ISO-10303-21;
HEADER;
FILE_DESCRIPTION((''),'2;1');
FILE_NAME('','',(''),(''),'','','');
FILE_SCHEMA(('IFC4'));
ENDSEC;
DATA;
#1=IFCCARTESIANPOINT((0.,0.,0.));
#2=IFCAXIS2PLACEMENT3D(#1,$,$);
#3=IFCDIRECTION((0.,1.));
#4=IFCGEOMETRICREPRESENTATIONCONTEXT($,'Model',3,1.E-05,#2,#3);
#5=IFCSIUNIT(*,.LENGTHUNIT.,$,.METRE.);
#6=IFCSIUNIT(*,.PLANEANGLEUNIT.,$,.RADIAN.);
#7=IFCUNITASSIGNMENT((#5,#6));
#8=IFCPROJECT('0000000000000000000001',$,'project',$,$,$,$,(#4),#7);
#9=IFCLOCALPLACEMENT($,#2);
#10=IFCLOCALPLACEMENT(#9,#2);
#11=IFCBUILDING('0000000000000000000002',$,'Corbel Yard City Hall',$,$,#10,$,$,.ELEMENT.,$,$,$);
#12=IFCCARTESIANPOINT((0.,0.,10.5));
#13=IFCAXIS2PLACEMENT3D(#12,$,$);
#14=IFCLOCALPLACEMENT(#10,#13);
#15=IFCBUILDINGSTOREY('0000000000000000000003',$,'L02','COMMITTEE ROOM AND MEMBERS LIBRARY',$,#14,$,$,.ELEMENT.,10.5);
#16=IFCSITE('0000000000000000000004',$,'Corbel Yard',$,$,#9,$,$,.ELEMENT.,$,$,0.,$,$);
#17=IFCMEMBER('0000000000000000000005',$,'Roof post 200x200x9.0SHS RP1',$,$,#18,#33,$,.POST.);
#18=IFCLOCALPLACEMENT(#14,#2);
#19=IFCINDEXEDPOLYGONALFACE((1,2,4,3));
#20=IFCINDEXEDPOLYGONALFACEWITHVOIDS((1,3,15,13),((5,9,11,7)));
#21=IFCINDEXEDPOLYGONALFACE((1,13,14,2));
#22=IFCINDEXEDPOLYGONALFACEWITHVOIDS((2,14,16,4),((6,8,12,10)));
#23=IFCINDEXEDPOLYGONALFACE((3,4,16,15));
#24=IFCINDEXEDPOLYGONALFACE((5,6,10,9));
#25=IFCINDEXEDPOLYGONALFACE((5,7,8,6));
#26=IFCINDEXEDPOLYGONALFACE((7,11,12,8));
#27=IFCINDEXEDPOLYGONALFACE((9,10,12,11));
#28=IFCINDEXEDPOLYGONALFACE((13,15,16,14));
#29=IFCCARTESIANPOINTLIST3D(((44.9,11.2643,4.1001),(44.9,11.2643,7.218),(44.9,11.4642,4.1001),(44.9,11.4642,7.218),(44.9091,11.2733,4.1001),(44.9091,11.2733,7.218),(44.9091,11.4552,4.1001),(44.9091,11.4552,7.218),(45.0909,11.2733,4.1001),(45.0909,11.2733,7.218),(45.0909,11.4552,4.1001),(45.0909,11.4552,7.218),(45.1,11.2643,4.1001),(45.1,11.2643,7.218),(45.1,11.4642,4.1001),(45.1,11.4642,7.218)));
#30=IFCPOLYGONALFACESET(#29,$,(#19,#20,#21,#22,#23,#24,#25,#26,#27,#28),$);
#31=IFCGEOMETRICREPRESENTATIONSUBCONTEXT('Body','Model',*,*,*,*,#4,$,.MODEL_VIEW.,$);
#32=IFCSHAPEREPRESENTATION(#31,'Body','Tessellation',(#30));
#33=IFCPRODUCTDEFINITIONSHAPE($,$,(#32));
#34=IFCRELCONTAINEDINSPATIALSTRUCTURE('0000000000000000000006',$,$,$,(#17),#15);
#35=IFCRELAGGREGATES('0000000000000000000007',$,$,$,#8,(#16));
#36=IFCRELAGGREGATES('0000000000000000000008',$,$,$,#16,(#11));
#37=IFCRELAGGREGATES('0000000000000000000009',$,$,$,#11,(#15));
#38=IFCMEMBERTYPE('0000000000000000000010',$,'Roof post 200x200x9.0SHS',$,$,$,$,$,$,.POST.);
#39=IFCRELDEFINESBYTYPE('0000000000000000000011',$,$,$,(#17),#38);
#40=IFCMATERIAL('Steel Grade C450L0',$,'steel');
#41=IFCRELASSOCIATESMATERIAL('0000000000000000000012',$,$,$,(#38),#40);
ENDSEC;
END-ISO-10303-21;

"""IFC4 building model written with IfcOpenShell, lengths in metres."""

from ifc_helpers import new_model, si_unit, direction, frame, origin, origin_2d, place, context, subcontext, project, spatial, hollow_rectangle, extrude, material, material_profile, profile_set, type_object, element, save


model = new_model("IFC4")

# Units and contexts
model_context = context("Model", 3, precision=1e-05, world=origin(), true_north=direction((0.0, 1.0)))
body_context = subcontext(model_context, "Body", "Model", "MODEL_VIEW")
ifc_project = project(units=[si_unit("LENGTHUNIT", "METRE"), si_unit("PLANEANGLEUNIT", "RADIAN")], contexts=[model_context])

# Site, building, storey
site_placement = place(None, origin())
site = spatial("IfcSite", under=ifc_project, at=site_placement, Name="Corbel Yard", CompositionType="ELEMENT", RefElevation=0.0)
building_placement = place(site_placement, origin())
building = spatial("IfcBuilding", under=site, at=building_placement, Name="Corbel Yard City Hall", CompositionType="ELEMENT")
storey_placement = place(building_placement, frame((0.0, 0.0, 10.5)))
storey = spatial("IfcBuildingStorey", under=building, at=storey_placement, Name="L02", Description="COMMITTEE ROOM AND MEMBERS LIBRARY", CompositionType="ELEMENT", Elevation=10.5)

# Member
ifc_material_1 = material(Name="Steel Grade C450L0", Category="steel")
ifc_material_profile_1 = material_profile(ifc_material_1, hollow_rectangle(XDim=0.2, YDim=0.2, WallThickness=0.009, at=origin_2d()), Name="200x200x9.0SHS")
ifc_profile_set_1 = profile_set([ifc_material_profile_1], Name="Steel Grade C450L0")
member_type_1 = type_object("IfcMemberType", Name="Roof post 200x200x9.0SHS", PredefinedType="POST", material=ifc_profile_set_1)
member_1_placement = place(storey_placement, frame((45.0, 11.3643, 4.1001), z_axis=(0.0, 0.0, 1.0), x_axis=(1.0, 0.0, 0.0)))
element("IfcMember", 1, at=member_1_placement, inside=storey, type_object=member_type_1, Name="Roof post 200x200x9.0SHS RP1", PredefinedType="POST", context=body_context, shape_type="SweptSolid", body=[
    extrude(hollow_rectangle(XDim=0.2, YDim=0.2, WallThickness=0.009, at=origin_2d()), origin(), (0.0, 0.0, 1.0), 3.1179),
])

save(model, "model.ifc")
